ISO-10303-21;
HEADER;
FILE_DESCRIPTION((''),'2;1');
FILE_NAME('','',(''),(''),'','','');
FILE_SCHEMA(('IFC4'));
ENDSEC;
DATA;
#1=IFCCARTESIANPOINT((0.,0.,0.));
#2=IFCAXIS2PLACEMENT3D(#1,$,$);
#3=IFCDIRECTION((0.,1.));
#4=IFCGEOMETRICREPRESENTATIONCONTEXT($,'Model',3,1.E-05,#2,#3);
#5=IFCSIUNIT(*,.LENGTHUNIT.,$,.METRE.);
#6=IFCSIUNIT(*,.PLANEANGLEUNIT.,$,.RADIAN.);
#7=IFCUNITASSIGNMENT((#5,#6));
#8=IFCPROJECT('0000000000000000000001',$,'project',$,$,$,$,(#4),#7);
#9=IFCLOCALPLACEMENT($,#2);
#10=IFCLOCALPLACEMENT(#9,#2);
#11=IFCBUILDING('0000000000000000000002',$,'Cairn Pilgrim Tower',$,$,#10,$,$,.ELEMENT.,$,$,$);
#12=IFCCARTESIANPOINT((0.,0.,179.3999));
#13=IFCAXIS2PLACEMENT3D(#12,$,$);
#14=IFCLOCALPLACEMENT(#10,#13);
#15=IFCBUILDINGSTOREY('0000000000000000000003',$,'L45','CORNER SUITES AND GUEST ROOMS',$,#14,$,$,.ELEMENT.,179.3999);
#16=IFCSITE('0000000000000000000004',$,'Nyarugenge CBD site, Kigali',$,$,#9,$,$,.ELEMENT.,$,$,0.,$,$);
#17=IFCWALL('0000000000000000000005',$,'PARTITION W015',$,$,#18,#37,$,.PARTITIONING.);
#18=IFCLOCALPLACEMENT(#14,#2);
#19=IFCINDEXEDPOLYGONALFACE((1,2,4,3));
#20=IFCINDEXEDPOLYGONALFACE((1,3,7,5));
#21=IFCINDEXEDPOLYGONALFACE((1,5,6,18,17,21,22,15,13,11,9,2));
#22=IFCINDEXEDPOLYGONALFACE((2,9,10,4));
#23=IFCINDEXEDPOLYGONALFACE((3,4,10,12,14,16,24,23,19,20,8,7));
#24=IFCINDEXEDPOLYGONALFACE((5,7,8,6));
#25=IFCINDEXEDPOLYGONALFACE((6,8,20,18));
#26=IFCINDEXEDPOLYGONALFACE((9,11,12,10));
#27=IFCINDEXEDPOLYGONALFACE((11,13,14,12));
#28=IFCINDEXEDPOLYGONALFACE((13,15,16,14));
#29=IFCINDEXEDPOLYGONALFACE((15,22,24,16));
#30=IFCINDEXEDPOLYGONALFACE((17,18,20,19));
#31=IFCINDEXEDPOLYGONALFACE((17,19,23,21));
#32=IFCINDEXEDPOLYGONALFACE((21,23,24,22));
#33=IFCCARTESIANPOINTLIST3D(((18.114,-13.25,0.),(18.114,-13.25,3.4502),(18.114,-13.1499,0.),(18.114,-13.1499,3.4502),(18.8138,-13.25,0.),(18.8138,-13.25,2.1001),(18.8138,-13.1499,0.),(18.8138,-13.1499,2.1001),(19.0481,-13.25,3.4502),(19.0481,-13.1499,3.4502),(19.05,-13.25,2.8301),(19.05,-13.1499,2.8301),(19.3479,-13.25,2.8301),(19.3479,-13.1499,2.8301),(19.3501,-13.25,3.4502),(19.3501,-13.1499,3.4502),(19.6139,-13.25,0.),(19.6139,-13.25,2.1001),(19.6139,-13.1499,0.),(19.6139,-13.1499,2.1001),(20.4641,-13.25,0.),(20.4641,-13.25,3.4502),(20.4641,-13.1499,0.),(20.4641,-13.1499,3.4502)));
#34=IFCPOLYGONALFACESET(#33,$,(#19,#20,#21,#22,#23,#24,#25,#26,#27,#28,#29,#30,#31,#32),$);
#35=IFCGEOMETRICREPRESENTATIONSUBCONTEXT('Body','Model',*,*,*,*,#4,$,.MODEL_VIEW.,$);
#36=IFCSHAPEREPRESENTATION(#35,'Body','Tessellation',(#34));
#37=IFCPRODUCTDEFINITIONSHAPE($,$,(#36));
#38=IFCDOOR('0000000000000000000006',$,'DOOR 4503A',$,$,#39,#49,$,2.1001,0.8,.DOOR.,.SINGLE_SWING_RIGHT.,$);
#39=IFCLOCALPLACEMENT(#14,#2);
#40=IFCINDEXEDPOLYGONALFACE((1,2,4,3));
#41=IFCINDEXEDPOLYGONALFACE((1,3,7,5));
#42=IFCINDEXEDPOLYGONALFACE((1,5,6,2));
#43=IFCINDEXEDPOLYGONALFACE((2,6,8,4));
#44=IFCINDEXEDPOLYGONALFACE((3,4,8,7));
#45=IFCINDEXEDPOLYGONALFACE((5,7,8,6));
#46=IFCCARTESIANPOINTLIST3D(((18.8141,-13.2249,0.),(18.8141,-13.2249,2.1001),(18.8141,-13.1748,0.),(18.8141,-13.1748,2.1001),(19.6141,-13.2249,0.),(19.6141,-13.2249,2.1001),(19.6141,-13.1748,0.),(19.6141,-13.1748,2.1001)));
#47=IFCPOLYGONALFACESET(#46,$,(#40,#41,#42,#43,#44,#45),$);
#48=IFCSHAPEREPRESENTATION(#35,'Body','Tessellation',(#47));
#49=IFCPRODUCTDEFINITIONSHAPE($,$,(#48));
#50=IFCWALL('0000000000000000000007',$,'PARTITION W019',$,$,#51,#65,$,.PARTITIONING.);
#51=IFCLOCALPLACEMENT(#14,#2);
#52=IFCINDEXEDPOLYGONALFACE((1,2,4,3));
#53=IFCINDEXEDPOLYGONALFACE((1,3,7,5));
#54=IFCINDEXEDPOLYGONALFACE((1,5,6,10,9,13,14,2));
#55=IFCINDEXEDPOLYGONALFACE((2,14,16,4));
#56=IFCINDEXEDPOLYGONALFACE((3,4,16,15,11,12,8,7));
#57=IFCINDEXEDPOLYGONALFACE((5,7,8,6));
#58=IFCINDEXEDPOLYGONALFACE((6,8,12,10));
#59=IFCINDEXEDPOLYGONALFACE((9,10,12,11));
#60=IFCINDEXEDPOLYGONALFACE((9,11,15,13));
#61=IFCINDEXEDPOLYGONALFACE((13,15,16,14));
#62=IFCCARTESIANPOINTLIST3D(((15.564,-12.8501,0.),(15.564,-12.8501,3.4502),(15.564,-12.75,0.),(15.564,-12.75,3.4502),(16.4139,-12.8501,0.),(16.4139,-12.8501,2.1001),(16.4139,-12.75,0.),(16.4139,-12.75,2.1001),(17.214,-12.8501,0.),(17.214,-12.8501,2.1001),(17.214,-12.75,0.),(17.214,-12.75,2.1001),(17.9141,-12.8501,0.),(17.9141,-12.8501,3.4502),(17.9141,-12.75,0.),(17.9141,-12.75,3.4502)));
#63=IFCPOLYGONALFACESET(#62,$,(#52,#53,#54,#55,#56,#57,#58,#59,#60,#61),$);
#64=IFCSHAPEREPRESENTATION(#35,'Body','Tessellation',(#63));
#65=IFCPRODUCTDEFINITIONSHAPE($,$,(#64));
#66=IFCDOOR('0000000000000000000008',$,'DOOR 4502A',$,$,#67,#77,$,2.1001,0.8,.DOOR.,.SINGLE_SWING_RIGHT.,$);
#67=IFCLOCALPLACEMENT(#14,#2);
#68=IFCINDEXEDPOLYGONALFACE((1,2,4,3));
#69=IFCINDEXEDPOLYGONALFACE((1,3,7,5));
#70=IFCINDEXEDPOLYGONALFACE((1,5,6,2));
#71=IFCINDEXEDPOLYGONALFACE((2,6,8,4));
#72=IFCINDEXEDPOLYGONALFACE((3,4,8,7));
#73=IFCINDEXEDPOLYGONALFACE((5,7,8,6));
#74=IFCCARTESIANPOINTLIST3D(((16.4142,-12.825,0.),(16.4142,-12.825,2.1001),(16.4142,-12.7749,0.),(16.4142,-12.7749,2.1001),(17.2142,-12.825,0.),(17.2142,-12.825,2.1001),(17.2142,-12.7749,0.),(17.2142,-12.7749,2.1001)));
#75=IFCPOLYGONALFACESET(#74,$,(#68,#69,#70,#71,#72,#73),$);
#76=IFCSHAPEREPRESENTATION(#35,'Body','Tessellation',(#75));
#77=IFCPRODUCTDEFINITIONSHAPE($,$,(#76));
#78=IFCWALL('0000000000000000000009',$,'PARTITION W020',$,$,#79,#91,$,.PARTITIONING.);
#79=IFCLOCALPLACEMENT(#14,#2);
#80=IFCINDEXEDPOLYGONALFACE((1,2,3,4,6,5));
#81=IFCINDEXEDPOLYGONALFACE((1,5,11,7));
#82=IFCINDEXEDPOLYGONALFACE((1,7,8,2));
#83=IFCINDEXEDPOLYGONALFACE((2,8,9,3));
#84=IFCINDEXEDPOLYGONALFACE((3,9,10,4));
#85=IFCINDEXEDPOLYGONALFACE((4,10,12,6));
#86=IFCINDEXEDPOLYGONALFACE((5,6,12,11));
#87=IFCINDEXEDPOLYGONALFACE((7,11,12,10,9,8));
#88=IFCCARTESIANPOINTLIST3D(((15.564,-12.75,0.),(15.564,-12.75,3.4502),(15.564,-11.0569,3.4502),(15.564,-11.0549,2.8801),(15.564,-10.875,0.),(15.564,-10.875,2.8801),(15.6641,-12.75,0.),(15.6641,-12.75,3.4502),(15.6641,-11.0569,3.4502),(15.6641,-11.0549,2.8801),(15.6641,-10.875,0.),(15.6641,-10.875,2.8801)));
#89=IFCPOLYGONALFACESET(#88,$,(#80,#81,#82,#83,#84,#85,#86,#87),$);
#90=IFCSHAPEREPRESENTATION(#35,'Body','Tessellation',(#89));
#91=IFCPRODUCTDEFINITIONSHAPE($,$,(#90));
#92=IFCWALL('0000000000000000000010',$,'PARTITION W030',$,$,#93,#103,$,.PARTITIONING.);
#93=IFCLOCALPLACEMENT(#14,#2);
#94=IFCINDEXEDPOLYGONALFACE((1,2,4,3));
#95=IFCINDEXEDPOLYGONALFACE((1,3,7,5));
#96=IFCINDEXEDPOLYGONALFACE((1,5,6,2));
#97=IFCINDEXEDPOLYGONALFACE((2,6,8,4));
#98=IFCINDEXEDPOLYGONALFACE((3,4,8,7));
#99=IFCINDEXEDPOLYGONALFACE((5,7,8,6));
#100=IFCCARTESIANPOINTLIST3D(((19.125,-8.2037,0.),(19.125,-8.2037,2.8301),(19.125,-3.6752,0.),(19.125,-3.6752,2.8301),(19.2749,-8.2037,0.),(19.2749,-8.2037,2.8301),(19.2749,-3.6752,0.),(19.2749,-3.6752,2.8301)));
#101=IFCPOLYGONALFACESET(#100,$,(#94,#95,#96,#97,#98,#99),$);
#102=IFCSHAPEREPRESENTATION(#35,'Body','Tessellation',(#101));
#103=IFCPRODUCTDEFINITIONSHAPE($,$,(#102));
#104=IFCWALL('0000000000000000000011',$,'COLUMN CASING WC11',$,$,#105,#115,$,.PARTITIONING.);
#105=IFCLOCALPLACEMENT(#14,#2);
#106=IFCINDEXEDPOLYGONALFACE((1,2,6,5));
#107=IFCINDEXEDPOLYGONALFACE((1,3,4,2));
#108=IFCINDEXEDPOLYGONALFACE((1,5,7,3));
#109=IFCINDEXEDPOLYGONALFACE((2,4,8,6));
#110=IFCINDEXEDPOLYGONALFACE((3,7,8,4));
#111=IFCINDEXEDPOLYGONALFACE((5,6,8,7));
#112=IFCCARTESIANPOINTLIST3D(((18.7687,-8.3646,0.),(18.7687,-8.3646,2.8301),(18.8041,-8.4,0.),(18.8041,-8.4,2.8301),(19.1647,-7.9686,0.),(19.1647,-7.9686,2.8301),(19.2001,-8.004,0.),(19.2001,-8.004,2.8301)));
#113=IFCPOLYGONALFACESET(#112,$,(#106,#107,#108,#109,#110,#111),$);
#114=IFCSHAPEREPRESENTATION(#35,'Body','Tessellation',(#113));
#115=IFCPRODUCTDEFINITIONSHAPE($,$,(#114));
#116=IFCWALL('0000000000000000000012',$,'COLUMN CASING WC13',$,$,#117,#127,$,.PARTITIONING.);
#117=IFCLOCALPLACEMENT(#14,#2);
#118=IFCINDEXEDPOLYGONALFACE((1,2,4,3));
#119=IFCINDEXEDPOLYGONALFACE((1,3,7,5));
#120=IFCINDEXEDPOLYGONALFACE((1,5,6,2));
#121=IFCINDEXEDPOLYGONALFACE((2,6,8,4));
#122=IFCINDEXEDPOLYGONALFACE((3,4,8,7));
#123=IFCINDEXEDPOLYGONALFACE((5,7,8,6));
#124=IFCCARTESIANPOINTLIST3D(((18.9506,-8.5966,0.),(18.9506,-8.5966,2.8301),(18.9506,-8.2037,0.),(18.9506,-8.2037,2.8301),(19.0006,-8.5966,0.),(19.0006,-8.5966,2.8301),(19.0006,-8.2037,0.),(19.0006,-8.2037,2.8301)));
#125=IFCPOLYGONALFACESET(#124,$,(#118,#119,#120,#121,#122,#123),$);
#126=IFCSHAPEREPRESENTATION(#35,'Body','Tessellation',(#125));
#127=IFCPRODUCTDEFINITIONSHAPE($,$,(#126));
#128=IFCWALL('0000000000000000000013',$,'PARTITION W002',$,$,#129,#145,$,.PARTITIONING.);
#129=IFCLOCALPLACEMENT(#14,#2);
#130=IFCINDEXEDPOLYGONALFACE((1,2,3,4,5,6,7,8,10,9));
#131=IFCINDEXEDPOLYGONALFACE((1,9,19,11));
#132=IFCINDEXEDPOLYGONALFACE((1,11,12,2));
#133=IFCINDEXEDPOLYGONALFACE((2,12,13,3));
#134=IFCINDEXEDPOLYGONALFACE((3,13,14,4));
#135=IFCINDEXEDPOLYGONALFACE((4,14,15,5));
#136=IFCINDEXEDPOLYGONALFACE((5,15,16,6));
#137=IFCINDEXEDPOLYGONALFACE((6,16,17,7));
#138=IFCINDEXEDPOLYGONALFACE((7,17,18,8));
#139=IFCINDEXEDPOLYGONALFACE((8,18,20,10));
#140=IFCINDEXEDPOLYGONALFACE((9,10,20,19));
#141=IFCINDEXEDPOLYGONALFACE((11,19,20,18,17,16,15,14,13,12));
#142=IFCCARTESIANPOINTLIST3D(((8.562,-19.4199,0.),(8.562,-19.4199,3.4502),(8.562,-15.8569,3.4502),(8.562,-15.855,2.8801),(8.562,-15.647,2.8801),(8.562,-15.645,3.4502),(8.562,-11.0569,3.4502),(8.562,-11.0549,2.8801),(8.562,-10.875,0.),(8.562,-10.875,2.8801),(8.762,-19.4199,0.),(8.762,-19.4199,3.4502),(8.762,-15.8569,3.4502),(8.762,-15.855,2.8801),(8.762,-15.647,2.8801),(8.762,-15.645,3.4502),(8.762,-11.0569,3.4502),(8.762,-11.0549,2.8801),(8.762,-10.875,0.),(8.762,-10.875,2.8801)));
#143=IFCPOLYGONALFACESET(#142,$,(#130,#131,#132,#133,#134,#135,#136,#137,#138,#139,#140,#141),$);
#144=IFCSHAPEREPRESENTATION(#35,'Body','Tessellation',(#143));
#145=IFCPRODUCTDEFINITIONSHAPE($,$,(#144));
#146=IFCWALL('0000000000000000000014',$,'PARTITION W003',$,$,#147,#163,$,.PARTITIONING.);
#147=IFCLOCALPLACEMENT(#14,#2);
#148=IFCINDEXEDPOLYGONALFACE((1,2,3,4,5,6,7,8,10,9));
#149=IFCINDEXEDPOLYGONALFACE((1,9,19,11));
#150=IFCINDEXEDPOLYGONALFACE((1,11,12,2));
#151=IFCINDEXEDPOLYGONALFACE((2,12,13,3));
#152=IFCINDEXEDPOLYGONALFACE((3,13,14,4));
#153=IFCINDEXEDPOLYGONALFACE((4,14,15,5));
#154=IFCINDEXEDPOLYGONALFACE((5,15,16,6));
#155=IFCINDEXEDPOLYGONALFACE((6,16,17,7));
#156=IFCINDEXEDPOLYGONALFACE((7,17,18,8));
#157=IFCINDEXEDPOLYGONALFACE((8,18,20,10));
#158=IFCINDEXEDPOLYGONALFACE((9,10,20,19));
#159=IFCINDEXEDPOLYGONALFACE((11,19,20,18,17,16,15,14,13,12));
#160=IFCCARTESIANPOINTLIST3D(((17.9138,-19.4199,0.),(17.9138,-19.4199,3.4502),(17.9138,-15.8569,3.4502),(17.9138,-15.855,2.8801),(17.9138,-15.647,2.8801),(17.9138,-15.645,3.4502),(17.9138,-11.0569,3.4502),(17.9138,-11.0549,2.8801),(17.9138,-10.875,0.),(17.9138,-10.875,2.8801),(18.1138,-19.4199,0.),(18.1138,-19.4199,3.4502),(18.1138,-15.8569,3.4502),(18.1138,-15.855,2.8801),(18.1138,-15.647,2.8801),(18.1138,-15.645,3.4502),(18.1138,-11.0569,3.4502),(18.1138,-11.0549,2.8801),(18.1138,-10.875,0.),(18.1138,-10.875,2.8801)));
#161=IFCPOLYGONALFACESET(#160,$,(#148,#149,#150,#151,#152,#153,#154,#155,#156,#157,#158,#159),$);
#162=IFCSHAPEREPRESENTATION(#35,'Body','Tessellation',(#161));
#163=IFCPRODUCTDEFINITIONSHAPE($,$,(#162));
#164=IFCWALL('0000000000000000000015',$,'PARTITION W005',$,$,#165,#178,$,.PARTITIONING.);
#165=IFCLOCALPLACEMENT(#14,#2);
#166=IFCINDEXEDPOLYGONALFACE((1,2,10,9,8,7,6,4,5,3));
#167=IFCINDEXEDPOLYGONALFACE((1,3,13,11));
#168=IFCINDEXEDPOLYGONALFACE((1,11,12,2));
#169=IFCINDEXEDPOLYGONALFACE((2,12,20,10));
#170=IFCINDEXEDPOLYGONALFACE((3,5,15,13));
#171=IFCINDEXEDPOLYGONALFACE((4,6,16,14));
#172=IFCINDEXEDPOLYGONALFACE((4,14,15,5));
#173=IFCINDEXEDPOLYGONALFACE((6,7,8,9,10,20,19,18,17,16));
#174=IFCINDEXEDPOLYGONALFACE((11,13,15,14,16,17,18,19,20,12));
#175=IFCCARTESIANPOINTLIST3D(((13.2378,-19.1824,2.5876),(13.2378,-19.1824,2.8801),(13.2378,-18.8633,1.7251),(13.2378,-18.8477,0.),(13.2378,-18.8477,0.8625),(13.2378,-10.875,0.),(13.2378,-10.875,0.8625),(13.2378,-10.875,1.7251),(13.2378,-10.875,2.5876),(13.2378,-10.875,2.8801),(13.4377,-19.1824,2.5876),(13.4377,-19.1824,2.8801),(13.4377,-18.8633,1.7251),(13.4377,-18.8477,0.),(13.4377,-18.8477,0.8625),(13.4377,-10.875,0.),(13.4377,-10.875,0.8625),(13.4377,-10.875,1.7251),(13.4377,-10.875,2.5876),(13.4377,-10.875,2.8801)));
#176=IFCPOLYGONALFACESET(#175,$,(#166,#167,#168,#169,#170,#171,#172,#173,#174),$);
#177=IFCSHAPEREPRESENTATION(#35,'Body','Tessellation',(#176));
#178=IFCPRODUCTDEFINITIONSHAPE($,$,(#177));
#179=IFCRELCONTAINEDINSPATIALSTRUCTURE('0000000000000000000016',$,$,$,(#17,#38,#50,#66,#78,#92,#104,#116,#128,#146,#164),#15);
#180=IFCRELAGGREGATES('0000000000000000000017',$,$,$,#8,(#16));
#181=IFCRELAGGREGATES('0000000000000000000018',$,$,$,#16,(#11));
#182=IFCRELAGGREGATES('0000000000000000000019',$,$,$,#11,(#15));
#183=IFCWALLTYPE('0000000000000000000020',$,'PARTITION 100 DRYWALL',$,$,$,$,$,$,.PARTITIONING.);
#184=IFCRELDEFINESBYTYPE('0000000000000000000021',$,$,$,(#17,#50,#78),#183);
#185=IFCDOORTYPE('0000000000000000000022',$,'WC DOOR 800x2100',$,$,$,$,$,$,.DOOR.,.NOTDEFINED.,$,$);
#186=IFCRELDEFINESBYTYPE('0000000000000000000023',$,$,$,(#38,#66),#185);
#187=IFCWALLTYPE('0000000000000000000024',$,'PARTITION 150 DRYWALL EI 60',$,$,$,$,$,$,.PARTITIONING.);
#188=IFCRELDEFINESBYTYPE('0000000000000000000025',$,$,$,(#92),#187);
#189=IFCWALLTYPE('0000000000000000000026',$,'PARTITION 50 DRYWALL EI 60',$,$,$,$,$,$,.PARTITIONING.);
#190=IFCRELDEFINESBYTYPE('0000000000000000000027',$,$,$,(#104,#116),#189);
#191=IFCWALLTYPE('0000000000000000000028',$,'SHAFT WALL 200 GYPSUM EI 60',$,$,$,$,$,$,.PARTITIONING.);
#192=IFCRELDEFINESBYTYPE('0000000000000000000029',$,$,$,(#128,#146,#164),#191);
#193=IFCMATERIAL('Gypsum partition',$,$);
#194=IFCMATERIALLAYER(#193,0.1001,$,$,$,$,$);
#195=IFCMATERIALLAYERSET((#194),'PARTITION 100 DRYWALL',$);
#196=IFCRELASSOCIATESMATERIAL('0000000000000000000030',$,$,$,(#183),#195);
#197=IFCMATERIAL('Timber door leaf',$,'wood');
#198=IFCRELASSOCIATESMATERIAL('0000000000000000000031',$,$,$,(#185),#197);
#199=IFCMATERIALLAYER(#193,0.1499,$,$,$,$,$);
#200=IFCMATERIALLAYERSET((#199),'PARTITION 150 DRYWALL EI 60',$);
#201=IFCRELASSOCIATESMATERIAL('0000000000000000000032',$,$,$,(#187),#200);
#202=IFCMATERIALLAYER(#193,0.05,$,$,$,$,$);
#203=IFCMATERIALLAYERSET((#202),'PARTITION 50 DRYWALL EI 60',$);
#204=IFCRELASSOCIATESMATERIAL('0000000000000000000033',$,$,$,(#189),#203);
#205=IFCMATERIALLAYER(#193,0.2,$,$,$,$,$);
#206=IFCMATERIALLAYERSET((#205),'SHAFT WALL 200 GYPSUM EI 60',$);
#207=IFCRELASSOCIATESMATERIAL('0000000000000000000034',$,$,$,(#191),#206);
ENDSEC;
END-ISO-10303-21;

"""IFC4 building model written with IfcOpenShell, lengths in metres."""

from ifc_helpers import new_model, si_unit, direction, frame, frame_2d, origin, place, context, subcontext, project, spatial, polyline, rectangle, outline, extrude, material, layer, layer_set, type_object, element, fill, save


model = new_model("IFC4")

# Units and contexts
model_context = context("Model", 3, precision=1e-05, world=origin(), true_north=direction((0.0, 1.0)))
body_context = subcontext(model_context, "Body", "Model", "MODEL_VIEW")
ifc_project = project(units=[si_unit("LENGTHUNIT", "METRE"), si_unit("PLANEANGLEUNIT", "RADIAN")], contexts=[model_context])

# Site, building, storey
site_placement = place(None, origin())
site = spatial("IfcSite", under=ifc_project, at=site_placement, Name="Nyarugenge CBD site, Kigali", CompositionType="ELEMENT", RefElevation=0.0)
building_placement = place(site_placement, origin())
building = spatial("IfcBuilding", under=site, at=building_placement, Name="Cairn Pilgrim Tower", CompositionType="ELEMENT")
storey_placement = place(building_placement, frame((0.0, 0.0, 179.3999)))
storey = spatial("IfcBuildingStorey", under=building, at=storey_placement, Name="L45", Description="CORNER SUITES AND GUEST ROOMS", CompositionType="ELEMENT", Elevation=179.3999)

# Shared definitions
ifc_material_1 = material(Name="Gypsum partition")
ifc_layer_1 = layer(ifc_material_1, 0.1001)
ifc_layer_set_1 = layer_set([ifc_layer_1], Name="PARTITION 100 DRYWALL")
wall_type_1 = type_object("IfcWallType", Name="PARTITION 100 DRYWALL", PredefinedType="PARTITIONING", material=ifc_layer_set_1)
ifc_material_2 = material(Name="Timber door leaf", Category="wood")
door_type_1 = type_object("IfcDoorType", Name="WC DOOR 800x2100", OperationType="NOTDEFINED", PredefinedType="DOOR", material=ifc_material_2)

# Walls, openings, doors
wall_1_placement = place(storey_placement, frame((18.114, -13.2, 0.0), z_axis=(0.0, 0.0, 1.0), x_axis=(1.0, 0.0, 0.0)))
wall_1 = element("IfcWall", 1, at=wall_1_placement, inside=storey, type_object=wall_type_1, Name="PARTITION W015", PredefinedType="PARTITIONING", context=body_context, shape_type="SweptSolid", body=[
    extrude(outline(polyline([(0.0, 0.0), (2.3501, 0.0), (2.3501, 3.4502), (1.2361, 3.4502), (1.2339, 2.8301), (0.936, 2.8301), (0.9341, 3.4502), (0.0, 3.4502), (0.0, 0.0)])), frame((0.0, 0.05, 0.0), z_axis=(0.0, -1.0, 0.0), x_axis=(1.0, 0.0, 0.0)), (0.0, 0.0, 1.0), 0.1001),
])
opening_1_placement = place(wall_1_placement, frame((0.7, 0.0, 0.0)))
opening_1 = element("IfcOpeningElement", 2, at=opening_1_placement, cuts=wall_1, PredefinedType="OPENING", context=body_context, shape_type="SweptSolid", body=[
    extrude(rectangle(XDim=0.8, YDim=2.1001, at=frame_2d((0.3999, 1.05))), frame((0.0, 0.0601, 0.0), z_axis=(0.0, -1.0, 0.0), x_axis=(1.0, 0.0, 0.0)), (0.0, 0.0, 1.0), 0.1201),
])
door_1_placement = place(opening_1_placement, frame((0.8, 0.0, 0.0), z_axis=(0.0, 0.0, 1.0), x_axis=(-1.0, 0.0, 0.0)))
door_1 = element("IfcDoor", 3, at=door_1_placement, inside=storey, type_object=door_type_1, Name="DOOR 4503A", OperationType="SINGLE_SWING_RIGHT", OverallHeight=2.1001, OverallWidth=0.8, PredefinedType="DOOR", context=body_context, shape_type="SweptSolid", body=[
    extrude(rectangle(XDim=0.8, YDim=2.1001, at=frame_2d((0.3999, 1.05))), frame((0.0, 0.0249, 0.0), z_axis=(0.0, -1.0, 0.0), x_axis=(1.0, 0.0, 0.0)), (0.0, 0.0, 1.0), 0.05),
])
fill(opening_1, door_1)
wall_2_placement = place(storey_placement, frame((15.564, -12.8, 0.0), z_axis=(0.0, 0.0, 1.0), x_axis=(1.0, 0.0, 0.0)))
wall_2 = element("IfcWall", 4, at=wall_2_placement, inside=storey, type_object=wall_type_1, Name="PARTITION W019", PredefinedType="PARTITIONING", context=body_context, shape_type="SweptSolid", body=[
    extrude(rectangle(XDim=2.3501, YDim=0.1001, at=frame_2d((1.175, 0.0))), origin(), (0.0, 0.0, 1.0), 3.4502),
])
opening_2_placement = place(wall_2_placement, frame((0.8501, 0.0, 0.0)))
opening_2 = element("IfcOpeningElement", 5, at=opening_2_placement, cuts=wall_2, PredefinedType="OPENING", context=body_context, shape_type="SweptSolid", body=[
    extrude(rectangle(XDim=0.8, YDim=2.1001, at=frame_2d((0.3999, 1.05))), frame((0.0, 0.0601, 0.0), z_axis=(0.0, -1.0, 0.0), x_axis=(1.0, 0.0, 0.0)), (0.0, 0.0, 1.0), 0.1201),
])
door_2_placement = place(opening_2_placement, frame((0.8, 0.0, 0.0), z_axis=(0.0, 0.0, 1.0), x_axis=(-1.0, 0.0, 0.0)))
door_2 = element("IfcDoor", 6, at=door_2_placement, inside=storey, type_object=door_type_1, Name="DOOR 4502A", OperationType="SINGLE_SWING_RIGHT", OverallHeight=2.1001, OverallWidth=0.8, PredefinedType="DOOR", context=body_context, shape_type="SweptSolid", body=[
    extrude(rectangle(XDim=0.8, YDim=2.1001, at=frame_2d((0.3999, 1.05))), frame((0.0, 0.0249, 0.0), z_axis=(0.0, -1.0, 0.0), x_axis=(1.0, 0.0, 0.0)), (0.0, 0.0, 1.0), 0.05),
])
fill(opening_2, door_2)

# Walls
wall_3_placement = place(storey_placement, frame((15.614, -12.75, 0.0), z_axis=(0.0, 0.0, 1.0), x_axis=(0.0, 1.0, 0.0)))
element("IfcWall", 7, at=wall_3_placement, inside=storey, type_object=wall_type_1, Name="PARTITION W020", PredefinedType="PARTITIONING", context=body_context, shape_type="SweptSolid", body=[
    extrude(outline(polyline([(0.0, 0.0), (1.875, 0.0), (1.875, 2.8801), (1.6951, 2.8801), (1.6931, 3.4502), (0.0, 3.4502), (0.0, 0.0)])), frame((0.0, 0.05, 0.0), z_axis=(0.0, -1.0, 0.0), x_axis=(1.0, 0.0, 0.0)), (0.0, 0.0, 1.0), 0.1001),
])
ifc_layer_2 = layer(ifc_material_1, 0.1499)
ifc_layer_set_2 = layer_set([ifc_layer_2], Name="PARTITION 150 DRYWALL EI 60")
wall_type_2 = type_object("IfcWallType", Name="PARTITION 150 DRYWALL EI 60", PredefinedType="PARTITIONING", material=ifc_layer_set_2)
wall_4_placement = place(storey_placement, frame((19.2, -8.2036, 0.0), z_axis=(0.0, 0.0, 1.0), x_axis=(0.0, 1.0, 0.0)))
element("IfcWall", 8, at=wall_4_placement, inside=storey, type_object=wall_type_2, Name="PARTITION W030", PredefinedType="PARTITIONING", context=body_context, shape_type="SweptSolid", body=[
    extrude(rectangle(XDim=4.5286, YDim=0.1499, at=frame_2d((2.2642, 0.0))), origin(), (0.0, 0.0, 1.0), 2.8301),
])
ifc_layer_3 = layer(ifc_material_1, 0.05)
ifc_layer_set_3 = layer_set([ifc_layer_3], Name="PARTITION 50 DRYWALL EI 60")
wall_type_3 = type_object("IfcWallType", Name="PARTITION 50 DRYWALL EI 60", PredefinedType="PARTITIONING", material=ifc_layer_set_3)
wall_5_placement = place(storey_placement, frame((18.7864, -8.3823, 0.0), z_axis=(0.0, 0.0, 1.0), x_axis=(0.707107, 0.707107, 0.0)))
element("IfcWall", 9, at=wall_5_placement, inside=storey, type_object=wall_type_3, Name="COLUMN CASING WC11", PredefinedType="PARTITIONING", context=body_context, shape_type="SweptSolid", body=[
    extrude(rectangle(XDim=0.5601, YDim=0.05, at=frame_2d((0.28, 0.0))), origin(), (0.0, 0.0, 1.0), 2.8301),
])
wall_6_placement = place(storey_placement, frame((18.9756, -8.5964, 0.0), z_axis=(0.0, 0.0, 1.0), x_axis=(0.0, 1.0, 0.0)))
element("IfcWall", 10, at=wall_6_placement, inside=storey, type_object=wall_type_3, Name="COLUMN CASING WC13", PredefinedType="PARTITIONING", context=body_context, shape_type="SweptSolid", body=[
    extrude(rectangle(XDim=0.3928, YDim=0.05, at=frame_2d((0.1963, 0.0))), origin(), (0.0, 0.0, 1.0), 2.8301),
])
ifc_layer_4 = layer(ifc_material_1, 0.2)
ifc_layer_set_4 = layer_set([ifc_layer_4], Name="SHAFT WALL 200 GYPSUM EI 60")
wall_type_4 = type_object("IfcWallType", Name="SHAFT WALL 200 GYPSUM EI 60", PredefinedType="PARTITIONING", material=ifc_layer_set_4)
for number, where, z_axis, x_axis, name in (
    (11, (8.6621, -19.4199, 0.0), (0.0, 0.0, 1.0), (0.0, 1.0, 0.0), "PARTITION W002"),
    (12, (18.0139, -19.4199, 0.0), (0.0, 0.0, 1.0), (0.0, 1.0, 0.0), "PARTITION W003"),
):
    element("IfcWall", number, at=place(storey_placement, frame(where, z_axis=z_axis, x_axis=x_axis)), inside=storey, type_object=wall_type_4, Name=name, PredefinedType="PARTITIONING", context=body_context, shape_type="SweptSolid", body=[
        extrude(outline(polyline([(0.0, 0.0), (8.5449, 0.0), (8.5449, 2.8801), (8.365, 2.8801), (8.363, 3.4502), (3.7749, 3.4502), (3.7729, 2.8801), (3.5649, 2.8801), (3.563, 3.4502), (0.0, 3.4502), (0.0, 0.0)])), frame((0.0, 0.1001, 0.0), z_axis=(0.0, -1.0, 0.0), x_axis=(1.0, 0.0, 0.0)), (0.0, 0.0, 1.0), 0.2),
    ])
wall_7_placement = place(storey_placement, frame((13.3379, -19.1824, 0.0), z_axis=(0.0, 0.0, 1.0), x_axis=(0.0, 1.0, 0.0)))
element("IfcWall", 13, at=wall_7_placement, inside=storey, type_object=wall_type_4, Name="PARTITION W005", PredefinedType="PARTITIONING", context=body_context, shape_type="SweptSolid", body=[
    extrude(outline(polyline([(0.3347, 0.0), (8.3074, 0.0), (8.3074, 0.8625), (8.3074, 1.7251), (8.3074, 2.5876), (8.3074, 2.8801), (0.0, 2.8801), (0.0, 2.5876), (0.3191, 1.7251), (0.3347, 0.8625), (0.3347, 0.0)])), frame((0.0, 0.1001, 0.0), z_axis=(0.0, -1.0, 0.0), x_axis=(1.0, 0.0, 0.0)), (0.0, 0.0, 1.0), 0.2),
])

save(model, "model.ifc")
